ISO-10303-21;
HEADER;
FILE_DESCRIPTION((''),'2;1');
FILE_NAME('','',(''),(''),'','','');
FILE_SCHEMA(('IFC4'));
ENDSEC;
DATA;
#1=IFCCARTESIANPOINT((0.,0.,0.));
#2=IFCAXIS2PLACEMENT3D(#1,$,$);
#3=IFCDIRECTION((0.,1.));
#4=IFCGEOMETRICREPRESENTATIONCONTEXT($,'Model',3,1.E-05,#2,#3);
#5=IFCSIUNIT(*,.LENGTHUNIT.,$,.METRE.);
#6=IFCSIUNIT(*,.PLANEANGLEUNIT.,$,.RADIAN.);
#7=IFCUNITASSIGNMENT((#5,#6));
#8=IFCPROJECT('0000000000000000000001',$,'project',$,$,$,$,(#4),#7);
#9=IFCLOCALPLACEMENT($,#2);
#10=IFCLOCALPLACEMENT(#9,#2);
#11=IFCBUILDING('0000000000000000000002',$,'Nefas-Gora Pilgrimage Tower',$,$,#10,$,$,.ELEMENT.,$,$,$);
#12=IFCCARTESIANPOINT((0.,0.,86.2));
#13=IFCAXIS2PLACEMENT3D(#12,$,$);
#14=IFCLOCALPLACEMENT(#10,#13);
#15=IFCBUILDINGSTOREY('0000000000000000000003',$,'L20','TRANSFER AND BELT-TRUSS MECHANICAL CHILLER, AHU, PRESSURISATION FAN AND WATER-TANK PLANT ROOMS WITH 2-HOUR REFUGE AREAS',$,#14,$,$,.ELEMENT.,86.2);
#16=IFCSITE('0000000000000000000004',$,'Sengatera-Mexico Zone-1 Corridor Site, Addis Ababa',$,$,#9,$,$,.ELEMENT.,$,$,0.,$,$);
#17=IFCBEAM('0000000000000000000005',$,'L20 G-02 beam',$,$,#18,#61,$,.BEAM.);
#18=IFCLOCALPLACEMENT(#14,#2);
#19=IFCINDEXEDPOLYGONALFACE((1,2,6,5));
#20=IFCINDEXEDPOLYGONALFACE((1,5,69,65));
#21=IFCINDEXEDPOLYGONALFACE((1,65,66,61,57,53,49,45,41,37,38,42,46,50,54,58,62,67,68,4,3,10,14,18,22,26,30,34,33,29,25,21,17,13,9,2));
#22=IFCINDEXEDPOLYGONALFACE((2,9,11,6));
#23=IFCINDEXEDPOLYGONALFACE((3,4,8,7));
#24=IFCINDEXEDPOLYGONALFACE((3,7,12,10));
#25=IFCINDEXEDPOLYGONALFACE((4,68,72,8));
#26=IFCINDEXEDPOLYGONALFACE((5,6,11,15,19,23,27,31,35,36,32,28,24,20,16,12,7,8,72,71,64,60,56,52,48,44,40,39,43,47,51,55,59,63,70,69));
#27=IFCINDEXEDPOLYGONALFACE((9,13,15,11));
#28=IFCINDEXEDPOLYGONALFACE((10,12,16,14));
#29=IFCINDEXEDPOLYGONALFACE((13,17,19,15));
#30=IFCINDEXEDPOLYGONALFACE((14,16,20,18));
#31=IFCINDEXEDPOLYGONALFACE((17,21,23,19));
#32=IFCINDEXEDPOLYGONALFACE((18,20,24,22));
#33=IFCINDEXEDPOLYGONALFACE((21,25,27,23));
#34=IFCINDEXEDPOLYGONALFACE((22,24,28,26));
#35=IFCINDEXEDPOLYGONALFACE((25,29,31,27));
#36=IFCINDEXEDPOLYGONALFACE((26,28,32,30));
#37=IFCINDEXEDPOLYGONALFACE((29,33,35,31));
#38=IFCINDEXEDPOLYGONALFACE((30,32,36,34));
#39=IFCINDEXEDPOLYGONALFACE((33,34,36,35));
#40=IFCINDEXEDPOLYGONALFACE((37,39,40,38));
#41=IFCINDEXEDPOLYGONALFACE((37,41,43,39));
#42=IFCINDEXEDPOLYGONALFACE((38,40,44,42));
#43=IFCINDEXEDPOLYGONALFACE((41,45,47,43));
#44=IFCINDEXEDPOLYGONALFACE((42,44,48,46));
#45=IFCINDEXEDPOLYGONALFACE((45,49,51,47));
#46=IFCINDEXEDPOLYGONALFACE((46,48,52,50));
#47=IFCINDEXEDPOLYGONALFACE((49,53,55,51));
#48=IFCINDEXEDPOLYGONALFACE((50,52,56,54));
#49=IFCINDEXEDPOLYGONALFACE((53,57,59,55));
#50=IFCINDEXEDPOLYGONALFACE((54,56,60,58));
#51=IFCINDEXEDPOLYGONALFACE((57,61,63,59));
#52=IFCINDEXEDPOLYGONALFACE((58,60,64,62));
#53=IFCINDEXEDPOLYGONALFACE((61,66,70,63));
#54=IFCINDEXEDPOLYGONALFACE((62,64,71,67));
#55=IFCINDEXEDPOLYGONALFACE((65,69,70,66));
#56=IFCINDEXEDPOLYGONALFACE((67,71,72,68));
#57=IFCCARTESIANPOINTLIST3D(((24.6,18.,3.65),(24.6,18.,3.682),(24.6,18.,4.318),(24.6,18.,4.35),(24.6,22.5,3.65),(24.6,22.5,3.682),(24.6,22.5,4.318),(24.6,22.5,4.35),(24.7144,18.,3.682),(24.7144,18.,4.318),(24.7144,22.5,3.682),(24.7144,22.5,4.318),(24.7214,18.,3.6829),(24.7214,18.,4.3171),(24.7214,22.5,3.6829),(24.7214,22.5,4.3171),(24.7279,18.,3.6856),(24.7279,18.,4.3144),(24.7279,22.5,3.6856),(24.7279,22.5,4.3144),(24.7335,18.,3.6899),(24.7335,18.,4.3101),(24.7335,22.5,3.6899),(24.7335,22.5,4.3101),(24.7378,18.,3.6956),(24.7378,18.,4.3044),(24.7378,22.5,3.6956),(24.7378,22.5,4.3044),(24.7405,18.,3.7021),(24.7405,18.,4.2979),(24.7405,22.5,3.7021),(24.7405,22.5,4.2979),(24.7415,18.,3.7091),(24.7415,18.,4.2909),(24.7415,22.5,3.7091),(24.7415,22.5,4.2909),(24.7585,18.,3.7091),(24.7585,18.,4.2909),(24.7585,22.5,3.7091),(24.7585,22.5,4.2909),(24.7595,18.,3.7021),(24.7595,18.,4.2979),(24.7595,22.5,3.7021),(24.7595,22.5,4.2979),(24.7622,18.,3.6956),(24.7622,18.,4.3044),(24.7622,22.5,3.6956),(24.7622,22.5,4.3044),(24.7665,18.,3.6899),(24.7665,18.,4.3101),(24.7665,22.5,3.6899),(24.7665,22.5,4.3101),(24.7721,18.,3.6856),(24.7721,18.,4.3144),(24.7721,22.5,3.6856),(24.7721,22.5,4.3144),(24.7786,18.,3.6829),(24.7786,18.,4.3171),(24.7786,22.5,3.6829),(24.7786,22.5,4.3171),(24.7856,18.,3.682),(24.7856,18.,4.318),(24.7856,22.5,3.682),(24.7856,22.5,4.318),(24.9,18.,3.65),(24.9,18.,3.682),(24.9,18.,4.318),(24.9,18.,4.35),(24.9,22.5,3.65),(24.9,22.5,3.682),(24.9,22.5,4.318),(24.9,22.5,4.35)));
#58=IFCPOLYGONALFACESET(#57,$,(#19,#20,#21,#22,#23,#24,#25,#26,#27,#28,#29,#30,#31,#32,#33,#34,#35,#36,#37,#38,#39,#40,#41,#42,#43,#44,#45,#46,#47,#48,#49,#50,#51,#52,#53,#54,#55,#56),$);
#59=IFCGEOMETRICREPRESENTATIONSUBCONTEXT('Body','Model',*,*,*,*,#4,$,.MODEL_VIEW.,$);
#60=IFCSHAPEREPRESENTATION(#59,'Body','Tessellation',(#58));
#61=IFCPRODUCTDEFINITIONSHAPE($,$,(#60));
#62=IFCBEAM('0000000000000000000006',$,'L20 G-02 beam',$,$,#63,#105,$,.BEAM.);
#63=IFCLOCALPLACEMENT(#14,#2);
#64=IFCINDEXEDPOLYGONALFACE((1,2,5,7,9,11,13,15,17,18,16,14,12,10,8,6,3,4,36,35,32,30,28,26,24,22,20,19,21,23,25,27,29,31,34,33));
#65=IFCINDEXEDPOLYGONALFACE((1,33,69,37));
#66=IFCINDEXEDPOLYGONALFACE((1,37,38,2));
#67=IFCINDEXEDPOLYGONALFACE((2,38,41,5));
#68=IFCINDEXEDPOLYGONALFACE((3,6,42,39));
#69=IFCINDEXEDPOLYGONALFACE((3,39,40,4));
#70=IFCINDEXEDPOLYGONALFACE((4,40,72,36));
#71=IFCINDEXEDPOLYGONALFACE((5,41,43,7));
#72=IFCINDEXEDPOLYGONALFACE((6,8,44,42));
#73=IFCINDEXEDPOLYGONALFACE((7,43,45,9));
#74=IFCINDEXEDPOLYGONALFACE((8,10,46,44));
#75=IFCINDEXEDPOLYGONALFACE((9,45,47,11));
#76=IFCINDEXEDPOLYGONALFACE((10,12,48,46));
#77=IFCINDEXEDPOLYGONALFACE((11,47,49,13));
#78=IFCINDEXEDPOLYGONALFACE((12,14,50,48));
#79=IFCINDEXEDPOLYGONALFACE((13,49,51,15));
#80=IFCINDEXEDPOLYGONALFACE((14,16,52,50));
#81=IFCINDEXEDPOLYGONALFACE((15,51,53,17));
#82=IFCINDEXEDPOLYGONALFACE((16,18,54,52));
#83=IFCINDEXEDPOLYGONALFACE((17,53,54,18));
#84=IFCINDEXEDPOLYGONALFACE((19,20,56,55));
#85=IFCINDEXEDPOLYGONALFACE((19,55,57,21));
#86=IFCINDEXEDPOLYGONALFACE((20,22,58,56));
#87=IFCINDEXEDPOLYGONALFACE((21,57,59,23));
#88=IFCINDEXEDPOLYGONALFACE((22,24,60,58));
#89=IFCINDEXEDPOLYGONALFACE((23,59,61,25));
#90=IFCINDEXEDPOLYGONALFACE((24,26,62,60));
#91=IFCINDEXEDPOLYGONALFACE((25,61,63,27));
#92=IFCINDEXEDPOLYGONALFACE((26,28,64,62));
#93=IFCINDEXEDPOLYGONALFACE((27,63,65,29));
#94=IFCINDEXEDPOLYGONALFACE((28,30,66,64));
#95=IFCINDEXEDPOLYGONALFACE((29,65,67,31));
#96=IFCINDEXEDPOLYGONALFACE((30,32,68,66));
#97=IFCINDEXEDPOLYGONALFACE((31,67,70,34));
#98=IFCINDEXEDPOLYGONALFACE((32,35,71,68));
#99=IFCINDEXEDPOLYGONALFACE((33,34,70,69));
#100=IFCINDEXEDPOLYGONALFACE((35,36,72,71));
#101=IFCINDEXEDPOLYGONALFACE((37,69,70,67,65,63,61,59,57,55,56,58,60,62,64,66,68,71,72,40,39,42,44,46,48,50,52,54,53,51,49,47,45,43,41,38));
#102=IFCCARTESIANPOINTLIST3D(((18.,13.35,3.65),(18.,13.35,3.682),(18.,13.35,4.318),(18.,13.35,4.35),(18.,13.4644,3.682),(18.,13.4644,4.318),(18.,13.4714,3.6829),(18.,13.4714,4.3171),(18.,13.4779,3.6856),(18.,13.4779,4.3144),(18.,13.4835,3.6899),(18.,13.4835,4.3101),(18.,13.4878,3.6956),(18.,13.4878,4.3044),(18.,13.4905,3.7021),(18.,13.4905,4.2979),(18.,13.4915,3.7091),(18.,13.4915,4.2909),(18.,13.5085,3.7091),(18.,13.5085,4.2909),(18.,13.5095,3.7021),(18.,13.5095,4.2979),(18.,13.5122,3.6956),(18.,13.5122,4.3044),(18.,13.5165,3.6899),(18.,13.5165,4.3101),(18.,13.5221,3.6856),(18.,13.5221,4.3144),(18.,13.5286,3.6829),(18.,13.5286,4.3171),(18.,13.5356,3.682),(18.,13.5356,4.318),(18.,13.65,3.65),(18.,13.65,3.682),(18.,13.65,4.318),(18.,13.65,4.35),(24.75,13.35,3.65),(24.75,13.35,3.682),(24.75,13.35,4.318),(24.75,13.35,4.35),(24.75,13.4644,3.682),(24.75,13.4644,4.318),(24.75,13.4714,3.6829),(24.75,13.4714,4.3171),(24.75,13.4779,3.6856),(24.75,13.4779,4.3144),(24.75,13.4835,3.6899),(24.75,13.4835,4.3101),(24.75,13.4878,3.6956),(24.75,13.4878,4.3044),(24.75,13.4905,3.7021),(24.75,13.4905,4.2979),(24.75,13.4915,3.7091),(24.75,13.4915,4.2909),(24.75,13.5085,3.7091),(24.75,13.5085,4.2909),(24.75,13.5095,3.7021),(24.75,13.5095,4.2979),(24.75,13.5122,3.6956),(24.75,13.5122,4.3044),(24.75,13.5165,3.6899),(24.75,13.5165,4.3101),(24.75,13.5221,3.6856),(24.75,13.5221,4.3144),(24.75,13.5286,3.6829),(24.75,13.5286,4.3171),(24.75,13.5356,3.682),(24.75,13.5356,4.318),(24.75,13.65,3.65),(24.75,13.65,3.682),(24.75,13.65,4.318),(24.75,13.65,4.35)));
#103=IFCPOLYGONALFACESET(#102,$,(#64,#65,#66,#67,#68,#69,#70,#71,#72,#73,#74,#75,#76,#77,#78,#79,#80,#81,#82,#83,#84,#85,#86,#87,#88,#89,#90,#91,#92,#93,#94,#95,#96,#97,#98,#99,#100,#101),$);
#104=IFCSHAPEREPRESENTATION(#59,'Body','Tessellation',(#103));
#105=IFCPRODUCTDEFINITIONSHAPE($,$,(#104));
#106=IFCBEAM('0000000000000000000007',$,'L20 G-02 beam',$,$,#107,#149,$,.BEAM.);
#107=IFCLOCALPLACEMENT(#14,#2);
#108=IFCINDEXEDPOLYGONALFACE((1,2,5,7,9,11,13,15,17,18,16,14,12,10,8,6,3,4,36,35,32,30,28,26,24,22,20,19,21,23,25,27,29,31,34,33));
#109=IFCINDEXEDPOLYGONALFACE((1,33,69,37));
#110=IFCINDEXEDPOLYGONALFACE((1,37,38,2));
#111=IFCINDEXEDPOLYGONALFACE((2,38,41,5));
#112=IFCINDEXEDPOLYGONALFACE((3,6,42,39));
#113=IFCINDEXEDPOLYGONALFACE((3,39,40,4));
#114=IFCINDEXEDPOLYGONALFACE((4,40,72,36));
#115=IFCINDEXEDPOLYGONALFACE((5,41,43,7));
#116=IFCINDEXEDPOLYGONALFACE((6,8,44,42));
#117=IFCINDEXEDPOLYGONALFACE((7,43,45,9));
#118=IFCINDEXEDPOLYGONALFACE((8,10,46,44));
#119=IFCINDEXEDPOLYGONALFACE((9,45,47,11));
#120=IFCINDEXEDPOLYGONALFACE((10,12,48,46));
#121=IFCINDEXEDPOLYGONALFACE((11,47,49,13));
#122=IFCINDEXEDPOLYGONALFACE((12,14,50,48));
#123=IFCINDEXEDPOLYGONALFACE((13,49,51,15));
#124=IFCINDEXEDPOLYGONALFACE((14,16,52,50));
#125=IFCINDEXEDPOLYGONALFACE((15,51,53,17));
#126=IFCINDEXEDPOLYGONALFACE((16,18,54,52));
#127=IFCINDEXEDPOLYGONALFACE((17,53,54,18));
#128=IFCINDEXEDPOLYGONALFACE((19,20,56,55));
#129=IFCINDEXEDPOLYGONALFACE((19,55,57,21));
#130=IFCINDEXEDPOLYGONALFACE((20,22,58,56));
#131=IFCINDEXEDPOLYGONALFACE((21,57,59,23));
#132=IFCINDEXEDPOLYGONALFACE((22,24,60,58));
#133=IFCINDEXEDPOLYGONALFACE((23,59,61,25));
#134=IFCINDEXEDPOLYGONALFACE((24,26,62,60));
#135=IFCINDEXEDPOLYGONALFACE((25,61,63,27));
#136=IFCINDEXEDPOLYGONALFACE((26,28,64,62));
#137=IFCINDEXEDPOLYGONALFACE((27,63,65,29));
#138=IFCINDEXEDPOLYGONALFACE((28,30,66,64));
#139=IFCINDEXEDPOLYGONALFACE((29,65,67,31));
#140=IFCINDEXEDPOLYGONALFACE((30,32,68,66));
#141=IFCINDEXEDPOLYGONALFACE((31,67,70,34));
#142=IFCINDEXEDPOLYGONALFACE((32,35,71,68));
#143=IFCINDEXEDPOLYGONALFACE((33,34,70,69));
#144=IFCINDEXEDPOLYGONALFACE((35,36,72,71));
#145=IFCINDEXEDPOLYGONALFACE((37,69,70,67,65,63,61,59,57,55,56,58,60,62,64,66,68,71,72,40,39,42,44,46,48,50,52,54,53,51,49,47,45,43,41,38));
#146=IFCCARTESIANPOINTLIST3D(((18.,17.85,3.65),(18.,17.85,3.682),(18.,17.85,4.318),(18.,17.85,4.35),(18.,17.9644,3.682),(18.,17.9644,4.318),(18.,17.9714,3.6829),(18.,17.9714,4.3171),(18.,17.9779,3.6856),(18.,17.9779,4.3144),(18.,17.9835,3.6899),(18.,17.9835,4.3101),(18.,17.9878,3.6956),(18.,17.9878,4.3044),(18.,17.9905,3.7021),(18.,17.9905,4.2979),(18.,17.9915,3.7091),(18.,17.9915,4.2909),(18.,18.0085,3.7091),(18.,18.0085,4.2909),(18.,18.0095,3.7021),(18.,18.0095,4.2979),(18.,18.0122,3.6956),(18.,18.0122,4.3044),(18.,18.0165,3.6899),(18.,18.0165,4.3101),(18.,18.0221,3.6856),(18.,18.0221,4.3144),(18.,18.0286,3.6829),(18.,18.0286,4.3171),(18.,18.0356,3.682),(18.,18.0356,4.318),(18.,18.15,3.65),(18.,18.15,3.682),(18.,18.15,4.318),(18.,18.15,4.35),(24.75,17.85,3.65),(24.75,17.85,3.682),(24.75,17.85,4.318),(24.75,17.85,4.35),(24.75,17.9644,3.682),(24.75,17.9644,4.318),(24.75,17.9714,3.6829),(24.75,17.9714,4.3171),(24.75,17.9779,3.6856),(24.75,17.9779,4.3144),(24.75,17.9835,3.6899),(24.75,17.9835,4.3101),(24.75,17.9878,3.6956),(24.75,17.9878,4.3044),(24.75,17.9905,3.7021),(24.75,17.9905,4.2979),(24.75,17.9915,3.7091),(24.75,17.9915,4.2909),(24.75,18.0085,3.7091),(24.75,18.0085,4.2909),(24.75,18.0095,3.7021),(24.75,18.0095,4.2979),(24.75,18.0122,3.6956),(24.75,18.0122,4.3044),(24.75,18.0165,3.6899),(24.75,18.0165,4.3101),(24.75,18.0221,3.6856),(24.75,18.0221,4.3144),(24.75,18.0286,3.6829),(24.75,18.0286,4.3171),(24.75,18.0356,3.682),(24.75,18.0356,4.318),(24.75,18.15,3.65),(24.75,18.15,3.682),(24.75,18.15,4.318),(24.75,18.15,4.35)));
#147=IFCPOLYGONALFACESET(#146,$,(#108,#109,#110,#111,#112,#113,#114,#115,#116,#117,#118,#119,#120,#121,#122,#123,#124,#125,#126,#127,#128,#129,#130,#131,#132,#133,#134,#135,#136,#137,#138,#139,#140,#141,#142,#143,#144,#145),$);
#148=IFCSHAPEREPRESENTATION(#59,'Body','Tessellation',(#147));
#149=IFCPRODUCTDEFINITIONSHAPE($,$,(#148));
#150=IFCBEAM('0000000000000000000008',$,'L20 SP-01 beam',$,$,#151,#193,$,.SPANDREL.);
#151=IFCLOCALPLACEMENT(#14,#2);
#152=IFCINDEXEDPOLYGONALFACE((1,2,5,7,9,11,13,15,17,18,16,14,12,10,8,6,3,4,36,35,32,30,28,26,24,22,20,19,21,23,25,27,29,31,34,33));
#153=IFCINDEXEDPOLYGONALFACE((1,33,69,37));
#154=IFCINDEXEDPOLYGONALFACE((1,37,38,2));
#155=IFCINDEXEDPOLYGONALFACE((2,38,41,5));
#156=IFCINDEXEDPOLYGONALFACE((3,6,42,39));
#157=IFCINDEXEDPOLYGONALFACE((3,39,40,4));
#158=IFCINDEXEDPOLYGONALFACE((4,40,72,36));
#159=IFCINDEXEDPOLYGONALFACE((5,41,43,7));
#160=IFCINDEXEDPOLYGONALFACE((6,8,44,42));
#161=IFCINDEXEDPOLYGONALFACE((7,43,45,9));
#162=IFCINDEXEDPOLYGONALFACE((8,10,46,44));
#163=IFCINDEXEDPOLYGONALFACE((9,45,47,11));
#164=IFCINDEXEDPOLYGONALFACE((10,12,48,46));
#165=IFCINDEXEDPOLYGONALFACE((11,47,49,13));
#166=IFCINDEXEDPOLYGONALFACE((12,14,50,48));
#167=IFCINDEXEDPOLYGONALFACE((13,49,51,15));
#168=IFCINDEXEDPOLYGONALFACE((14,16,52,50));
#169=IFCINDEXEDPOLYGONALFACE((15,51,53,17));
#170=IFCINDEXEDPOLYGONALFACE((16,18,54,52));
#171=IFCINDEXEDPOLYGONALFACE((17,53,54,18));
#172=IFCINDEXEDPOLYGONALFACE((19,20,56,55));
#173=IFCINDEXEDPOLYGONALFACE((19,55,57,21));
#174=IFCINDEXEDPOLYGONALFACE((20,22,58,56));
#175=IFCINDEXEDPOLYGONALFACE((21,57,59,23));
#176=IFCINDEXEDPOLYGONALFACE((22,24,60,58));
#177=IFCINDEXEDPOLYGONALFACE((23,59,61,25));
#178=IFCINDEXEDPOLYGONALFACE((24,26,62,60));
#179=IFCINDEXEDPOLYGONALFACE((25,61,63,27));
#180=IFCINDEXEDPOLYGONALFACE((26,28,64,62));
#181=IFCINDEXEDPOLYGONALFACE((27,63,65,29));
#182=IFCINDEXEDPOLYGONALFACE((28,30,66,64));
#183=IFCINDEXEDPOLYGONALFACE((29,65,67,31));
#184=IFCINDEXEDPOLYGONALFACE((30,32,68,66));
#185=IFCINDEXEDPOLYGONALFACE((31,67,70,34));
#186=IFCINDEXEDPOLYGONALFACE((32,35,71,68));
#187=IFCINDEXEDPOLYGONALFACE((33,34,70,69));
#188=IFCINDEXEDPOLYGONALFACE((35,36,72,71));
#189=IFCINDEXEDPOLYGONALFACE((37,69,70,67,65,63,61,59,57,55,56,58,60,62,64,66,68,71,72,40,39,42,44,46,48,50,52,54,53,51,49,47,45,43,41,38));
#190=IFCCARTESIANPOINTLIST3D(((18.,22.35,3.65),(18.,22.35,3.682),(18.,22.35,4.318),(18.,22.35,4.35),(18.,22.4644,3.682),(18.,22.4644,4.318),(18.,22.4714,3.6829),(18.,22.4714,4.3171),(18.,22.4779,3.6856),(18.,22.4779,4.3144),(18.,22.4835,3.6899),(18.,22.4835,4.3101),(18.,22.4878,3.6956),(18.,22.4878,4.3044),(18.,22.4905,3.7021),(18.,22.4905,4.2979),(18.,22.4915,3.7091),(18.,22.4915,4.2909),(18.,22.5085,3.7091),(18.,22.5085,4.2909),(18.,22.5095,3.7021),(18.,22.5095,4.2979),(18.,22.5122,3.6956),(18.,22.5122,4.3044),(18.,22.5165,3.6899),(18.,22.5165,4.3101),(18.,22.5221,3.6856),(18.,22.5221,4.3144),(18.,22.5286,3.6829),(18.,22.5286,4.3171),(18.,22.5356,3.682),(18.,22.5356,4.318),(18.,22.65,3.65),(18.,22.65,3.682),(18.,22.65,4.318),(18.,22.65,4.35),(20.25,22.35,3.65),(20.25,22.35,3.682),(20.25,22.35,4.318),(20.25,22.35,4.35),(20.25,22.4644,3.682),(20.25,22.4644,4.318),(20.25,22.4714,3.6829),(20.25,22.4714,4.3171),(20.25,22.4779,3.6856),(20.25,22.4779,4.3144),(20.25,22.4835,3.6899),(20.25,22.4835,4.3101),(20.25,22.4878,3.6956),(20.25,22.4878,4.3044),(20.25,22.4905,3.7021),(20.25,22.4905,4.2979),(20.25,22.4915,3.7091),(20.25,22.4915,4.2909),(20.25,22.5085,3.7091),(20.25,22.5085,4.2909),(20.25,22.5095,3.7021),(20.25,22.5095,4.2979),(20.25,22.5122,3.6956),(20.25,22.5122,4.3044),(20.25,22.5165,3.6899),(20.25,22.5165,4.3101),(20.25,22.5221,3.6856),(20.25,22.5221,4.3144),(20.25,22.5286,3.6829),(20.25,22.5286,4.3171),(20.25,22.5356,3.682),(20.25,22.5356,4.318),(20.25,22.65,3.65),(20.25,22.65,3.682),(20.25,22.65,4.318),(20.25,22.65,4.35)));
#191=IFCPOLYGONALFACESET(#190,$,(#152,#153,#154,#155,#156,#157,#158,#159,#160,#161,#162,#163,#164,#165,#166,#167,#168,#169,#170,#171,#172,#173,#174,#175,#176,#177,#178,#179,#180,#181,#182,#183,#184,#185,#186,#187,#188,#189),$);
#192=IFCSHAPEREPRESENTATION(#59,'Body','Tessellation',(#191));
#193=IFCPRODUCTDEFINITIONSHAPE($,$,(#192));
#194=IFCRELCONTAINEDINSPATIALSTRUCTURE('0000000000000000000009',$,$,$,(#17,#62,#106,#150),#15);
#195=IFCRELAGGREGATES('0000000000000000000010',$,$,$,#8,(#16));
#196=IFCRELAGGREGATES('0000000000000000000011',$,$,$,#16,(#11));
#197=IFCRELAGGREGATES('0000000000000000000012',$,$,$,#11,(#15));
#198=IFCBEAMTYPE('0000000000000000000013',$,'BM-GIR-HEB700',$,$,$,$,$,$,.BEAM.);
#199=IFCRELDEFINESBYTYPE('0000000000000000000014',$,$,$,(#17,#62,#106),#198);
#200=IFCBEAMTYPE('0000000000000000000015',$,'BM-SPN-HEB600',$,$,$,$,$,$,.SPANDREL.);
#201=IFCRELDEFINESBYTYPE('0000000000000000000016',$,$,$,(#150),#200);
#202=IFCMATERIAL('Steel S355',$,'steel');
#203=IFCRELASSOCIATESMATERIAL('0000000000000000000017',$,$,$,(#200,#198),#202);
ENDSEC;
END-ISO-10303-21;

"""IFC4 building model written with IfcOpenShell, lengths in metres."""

from ifc_helpers import new_model, si_unit, direction, frame, origin, origin_2d, place, context, subcontext, project, spatial, i_section, extrude, source, transform, mapped, material, material_profile, profile_set, type_object, element, save


model = new_model("IFC4")

# Units and contexts
model_context = context("Model", 3, precision=1e-05, world=origin(), true_north=direction((0.0, 1.0)))
body_context = subcontext(model_context, "Body", "Model", "MODEL_VIEW")
ifc_project = project(units=[si_unit("LENGTHUNIT", "METRE"), si_unit("PLANEANGLEUNIT", "RADIAN")], contexts=[model_context])

# Site, building, storey
site_placement = place(None, origin())
site = spatial("IfcSite", under=ifc_project, at=site_placement, Name="Sengatera-Mexico Zone-1 Corridor Site, Addis Ababa", CompositionType="ELEMENT", RefElevation=0.0)
building_placement = place(site_placement, origin())
building = spatial("IfcBuilding", under=site, at=building_placement, Name="Nefas-Gora Pilgrimage Tower", CompositionType="ELEMENT")
storey_placement = place(building_placement, frame((0.0, 0.0, 86.2)))
storey = spatial("IfcBuildingStorey", under=building, at=storey_placement, Name="L20", Description="TRANSFER AND BELT-TRUSS MECHANICAL CHILLER, AHU, PRESSURISATION FAN AND WATER-TANK PLANT ROOMS WITH 2-HOUR REFUGE AREAS", CompositionType="ELEMENT", Elevation=86.2)

# Beams
ifc_material_1 = material(Name="Steel S355", Category="steel")
ifc_material_profile_1 = material_profile(ifc_material_1, i_section(OverallWidth=0.3, OverallDepth=0.7, WebThickness=0.0171, FlangeThickness=0.032, FilletRadius=0.0271, at=origin_2d()), Name="HEB 700")
ifc_profile_set_1 = profile_set([ifc_material_profile_1], Name="Steel S355")
beam_type_1 = type_object("IfcBeamType", Name="BM-SPN-HEB600", PredefinedType="SPANDREL", material=ifc_profile_set_1)
ifc_material_profile_2 = material_profile(ifc_material_1, i_section(OverallWidth=0.3, OverallDepth=0.7, WebThickness=0.0171, FlangeThickness=0.032, FilletRadius=0.0271, at=origin_2d()), Name="HEB 700")
ifc_profile_set_2 = profile_set([ifc_material_profile_2], Name="Steel S355")
beam_type_2 = type_object("IfcBeamType", Name="BM-GIR-HEB700", PredefinedType="BEAM", material=ifc_profile_set_2)
shared_shape_1 = source(origin(), body_context, "Body", "SweptSolid", [
    extrude(i_section(OverallWidth=0.3, OverallDepth=0.7, WebThickness=0.0171, FlangeThickness=0.032, FilletRadius=0.0271, at=origin_2d()), origin(), (0.0, 0.0, 1.0), 4.5),
])
for number, where, z_axis, x_axis, name in (
    (1, (24.75, 18.0, 4.0), (0.0, 1.0, 0.0), (-1.0, 0.0, 0.0), "L20 G-02 beam"),
):
    element("IfcBeam", number, at=place(storey_placement, frame(where, z_axis=z_axis, x_axis=x_axis)), inside=storey, type_object=beam_type_2, Name=name, PredefinedType="BEAM", context=body_context, shape_type="MappedRepresentation", body=[
        mapped(shared_shape_1, transform((0.0, 0.0, 0.0), x_axis=(1.0, 0.0, 0.0), y_axis=(0.0, 1.0, 0.0), z_axis=(0.0, 0.0, 1.0), scale=1.0)),
    ])
shared_shape_2 = source(origin(), body_context, "Body", "SweptSolid", [
    extrude(i_section(OverallWidth=0.3, OverallDepth=0.7, WebThickness=0.0171, FlangeThickness=0.032, FilletRadius=0.0271, at=origin_2d()), origin(), (0.0, 0.0, 1.0), 6.75),
])
for number, where, z_axis, x_axis, name in (
    (2, (18.0, 13.5, 4.0), (1.0, 0.0, 0.0), (0.0, 1.0, 0.0), "L20 G-02 beam"),
    (3, (18.0, 18.0, 4.0), (1.0, 0.0, 0.0), (0.0, 1.0, 0.0), "L20 G-02 beam"),
):
    element("IfcBeam", number, at=place(storey_placement, frame(where, z_axis=z_axis, x_axis=x_axis)), inside=storey, type_object=beam_type_2, Name=name, PredefinedType="BEAM", context=body_context, shape_type="MappedRepresentation", body=[
        mapped(shared_shape_2, transform((0.0, 0.0, 0.0), x_axis=(1.0, 0.0, 0.0), y_axis=(0.0, 1.0, 0.0), z_axis=(0.0, 0.0, 1.0), scale=1.0)),
    ])
shared_shape_3 = source(origin(), body_context, "Body", "SweptSolid", [
    extrude(i_section(OverallWidth=0.3, OverallDepth=0.7, WebThickness=0.0171, FlangeThickness=0.032, FilletRadius=0.0271, at=origin_2d()), origin(), (0.0, 0.0, 1.0), 2.25),
])
beam_1_placement = place(storey_placement, frame((18.0, 22.5, 4.0), z_axis=(1.0, 0.0, 0.0), x_axis=(0.0, 1.0, 0.0)))
element("IfcBeam", 4, at=beam_1_placement, inside=storey, type_object=beam_type_1, Name="L20 SP-01 beam", PredefinedType="SPANDREL", context=body_context, shape_type="MappedRepresentation", body=[
    mapped(shared_shape_3, transform((0.0, 0.0, 0.0), x_axis=(1.0, 0.0, 0.0), y_axis=(0.0, 1.0, 0.0), z_axis=(0.0, 0.0, 1.0), scale=1.0)),
])

save(model, "model.ifc")
